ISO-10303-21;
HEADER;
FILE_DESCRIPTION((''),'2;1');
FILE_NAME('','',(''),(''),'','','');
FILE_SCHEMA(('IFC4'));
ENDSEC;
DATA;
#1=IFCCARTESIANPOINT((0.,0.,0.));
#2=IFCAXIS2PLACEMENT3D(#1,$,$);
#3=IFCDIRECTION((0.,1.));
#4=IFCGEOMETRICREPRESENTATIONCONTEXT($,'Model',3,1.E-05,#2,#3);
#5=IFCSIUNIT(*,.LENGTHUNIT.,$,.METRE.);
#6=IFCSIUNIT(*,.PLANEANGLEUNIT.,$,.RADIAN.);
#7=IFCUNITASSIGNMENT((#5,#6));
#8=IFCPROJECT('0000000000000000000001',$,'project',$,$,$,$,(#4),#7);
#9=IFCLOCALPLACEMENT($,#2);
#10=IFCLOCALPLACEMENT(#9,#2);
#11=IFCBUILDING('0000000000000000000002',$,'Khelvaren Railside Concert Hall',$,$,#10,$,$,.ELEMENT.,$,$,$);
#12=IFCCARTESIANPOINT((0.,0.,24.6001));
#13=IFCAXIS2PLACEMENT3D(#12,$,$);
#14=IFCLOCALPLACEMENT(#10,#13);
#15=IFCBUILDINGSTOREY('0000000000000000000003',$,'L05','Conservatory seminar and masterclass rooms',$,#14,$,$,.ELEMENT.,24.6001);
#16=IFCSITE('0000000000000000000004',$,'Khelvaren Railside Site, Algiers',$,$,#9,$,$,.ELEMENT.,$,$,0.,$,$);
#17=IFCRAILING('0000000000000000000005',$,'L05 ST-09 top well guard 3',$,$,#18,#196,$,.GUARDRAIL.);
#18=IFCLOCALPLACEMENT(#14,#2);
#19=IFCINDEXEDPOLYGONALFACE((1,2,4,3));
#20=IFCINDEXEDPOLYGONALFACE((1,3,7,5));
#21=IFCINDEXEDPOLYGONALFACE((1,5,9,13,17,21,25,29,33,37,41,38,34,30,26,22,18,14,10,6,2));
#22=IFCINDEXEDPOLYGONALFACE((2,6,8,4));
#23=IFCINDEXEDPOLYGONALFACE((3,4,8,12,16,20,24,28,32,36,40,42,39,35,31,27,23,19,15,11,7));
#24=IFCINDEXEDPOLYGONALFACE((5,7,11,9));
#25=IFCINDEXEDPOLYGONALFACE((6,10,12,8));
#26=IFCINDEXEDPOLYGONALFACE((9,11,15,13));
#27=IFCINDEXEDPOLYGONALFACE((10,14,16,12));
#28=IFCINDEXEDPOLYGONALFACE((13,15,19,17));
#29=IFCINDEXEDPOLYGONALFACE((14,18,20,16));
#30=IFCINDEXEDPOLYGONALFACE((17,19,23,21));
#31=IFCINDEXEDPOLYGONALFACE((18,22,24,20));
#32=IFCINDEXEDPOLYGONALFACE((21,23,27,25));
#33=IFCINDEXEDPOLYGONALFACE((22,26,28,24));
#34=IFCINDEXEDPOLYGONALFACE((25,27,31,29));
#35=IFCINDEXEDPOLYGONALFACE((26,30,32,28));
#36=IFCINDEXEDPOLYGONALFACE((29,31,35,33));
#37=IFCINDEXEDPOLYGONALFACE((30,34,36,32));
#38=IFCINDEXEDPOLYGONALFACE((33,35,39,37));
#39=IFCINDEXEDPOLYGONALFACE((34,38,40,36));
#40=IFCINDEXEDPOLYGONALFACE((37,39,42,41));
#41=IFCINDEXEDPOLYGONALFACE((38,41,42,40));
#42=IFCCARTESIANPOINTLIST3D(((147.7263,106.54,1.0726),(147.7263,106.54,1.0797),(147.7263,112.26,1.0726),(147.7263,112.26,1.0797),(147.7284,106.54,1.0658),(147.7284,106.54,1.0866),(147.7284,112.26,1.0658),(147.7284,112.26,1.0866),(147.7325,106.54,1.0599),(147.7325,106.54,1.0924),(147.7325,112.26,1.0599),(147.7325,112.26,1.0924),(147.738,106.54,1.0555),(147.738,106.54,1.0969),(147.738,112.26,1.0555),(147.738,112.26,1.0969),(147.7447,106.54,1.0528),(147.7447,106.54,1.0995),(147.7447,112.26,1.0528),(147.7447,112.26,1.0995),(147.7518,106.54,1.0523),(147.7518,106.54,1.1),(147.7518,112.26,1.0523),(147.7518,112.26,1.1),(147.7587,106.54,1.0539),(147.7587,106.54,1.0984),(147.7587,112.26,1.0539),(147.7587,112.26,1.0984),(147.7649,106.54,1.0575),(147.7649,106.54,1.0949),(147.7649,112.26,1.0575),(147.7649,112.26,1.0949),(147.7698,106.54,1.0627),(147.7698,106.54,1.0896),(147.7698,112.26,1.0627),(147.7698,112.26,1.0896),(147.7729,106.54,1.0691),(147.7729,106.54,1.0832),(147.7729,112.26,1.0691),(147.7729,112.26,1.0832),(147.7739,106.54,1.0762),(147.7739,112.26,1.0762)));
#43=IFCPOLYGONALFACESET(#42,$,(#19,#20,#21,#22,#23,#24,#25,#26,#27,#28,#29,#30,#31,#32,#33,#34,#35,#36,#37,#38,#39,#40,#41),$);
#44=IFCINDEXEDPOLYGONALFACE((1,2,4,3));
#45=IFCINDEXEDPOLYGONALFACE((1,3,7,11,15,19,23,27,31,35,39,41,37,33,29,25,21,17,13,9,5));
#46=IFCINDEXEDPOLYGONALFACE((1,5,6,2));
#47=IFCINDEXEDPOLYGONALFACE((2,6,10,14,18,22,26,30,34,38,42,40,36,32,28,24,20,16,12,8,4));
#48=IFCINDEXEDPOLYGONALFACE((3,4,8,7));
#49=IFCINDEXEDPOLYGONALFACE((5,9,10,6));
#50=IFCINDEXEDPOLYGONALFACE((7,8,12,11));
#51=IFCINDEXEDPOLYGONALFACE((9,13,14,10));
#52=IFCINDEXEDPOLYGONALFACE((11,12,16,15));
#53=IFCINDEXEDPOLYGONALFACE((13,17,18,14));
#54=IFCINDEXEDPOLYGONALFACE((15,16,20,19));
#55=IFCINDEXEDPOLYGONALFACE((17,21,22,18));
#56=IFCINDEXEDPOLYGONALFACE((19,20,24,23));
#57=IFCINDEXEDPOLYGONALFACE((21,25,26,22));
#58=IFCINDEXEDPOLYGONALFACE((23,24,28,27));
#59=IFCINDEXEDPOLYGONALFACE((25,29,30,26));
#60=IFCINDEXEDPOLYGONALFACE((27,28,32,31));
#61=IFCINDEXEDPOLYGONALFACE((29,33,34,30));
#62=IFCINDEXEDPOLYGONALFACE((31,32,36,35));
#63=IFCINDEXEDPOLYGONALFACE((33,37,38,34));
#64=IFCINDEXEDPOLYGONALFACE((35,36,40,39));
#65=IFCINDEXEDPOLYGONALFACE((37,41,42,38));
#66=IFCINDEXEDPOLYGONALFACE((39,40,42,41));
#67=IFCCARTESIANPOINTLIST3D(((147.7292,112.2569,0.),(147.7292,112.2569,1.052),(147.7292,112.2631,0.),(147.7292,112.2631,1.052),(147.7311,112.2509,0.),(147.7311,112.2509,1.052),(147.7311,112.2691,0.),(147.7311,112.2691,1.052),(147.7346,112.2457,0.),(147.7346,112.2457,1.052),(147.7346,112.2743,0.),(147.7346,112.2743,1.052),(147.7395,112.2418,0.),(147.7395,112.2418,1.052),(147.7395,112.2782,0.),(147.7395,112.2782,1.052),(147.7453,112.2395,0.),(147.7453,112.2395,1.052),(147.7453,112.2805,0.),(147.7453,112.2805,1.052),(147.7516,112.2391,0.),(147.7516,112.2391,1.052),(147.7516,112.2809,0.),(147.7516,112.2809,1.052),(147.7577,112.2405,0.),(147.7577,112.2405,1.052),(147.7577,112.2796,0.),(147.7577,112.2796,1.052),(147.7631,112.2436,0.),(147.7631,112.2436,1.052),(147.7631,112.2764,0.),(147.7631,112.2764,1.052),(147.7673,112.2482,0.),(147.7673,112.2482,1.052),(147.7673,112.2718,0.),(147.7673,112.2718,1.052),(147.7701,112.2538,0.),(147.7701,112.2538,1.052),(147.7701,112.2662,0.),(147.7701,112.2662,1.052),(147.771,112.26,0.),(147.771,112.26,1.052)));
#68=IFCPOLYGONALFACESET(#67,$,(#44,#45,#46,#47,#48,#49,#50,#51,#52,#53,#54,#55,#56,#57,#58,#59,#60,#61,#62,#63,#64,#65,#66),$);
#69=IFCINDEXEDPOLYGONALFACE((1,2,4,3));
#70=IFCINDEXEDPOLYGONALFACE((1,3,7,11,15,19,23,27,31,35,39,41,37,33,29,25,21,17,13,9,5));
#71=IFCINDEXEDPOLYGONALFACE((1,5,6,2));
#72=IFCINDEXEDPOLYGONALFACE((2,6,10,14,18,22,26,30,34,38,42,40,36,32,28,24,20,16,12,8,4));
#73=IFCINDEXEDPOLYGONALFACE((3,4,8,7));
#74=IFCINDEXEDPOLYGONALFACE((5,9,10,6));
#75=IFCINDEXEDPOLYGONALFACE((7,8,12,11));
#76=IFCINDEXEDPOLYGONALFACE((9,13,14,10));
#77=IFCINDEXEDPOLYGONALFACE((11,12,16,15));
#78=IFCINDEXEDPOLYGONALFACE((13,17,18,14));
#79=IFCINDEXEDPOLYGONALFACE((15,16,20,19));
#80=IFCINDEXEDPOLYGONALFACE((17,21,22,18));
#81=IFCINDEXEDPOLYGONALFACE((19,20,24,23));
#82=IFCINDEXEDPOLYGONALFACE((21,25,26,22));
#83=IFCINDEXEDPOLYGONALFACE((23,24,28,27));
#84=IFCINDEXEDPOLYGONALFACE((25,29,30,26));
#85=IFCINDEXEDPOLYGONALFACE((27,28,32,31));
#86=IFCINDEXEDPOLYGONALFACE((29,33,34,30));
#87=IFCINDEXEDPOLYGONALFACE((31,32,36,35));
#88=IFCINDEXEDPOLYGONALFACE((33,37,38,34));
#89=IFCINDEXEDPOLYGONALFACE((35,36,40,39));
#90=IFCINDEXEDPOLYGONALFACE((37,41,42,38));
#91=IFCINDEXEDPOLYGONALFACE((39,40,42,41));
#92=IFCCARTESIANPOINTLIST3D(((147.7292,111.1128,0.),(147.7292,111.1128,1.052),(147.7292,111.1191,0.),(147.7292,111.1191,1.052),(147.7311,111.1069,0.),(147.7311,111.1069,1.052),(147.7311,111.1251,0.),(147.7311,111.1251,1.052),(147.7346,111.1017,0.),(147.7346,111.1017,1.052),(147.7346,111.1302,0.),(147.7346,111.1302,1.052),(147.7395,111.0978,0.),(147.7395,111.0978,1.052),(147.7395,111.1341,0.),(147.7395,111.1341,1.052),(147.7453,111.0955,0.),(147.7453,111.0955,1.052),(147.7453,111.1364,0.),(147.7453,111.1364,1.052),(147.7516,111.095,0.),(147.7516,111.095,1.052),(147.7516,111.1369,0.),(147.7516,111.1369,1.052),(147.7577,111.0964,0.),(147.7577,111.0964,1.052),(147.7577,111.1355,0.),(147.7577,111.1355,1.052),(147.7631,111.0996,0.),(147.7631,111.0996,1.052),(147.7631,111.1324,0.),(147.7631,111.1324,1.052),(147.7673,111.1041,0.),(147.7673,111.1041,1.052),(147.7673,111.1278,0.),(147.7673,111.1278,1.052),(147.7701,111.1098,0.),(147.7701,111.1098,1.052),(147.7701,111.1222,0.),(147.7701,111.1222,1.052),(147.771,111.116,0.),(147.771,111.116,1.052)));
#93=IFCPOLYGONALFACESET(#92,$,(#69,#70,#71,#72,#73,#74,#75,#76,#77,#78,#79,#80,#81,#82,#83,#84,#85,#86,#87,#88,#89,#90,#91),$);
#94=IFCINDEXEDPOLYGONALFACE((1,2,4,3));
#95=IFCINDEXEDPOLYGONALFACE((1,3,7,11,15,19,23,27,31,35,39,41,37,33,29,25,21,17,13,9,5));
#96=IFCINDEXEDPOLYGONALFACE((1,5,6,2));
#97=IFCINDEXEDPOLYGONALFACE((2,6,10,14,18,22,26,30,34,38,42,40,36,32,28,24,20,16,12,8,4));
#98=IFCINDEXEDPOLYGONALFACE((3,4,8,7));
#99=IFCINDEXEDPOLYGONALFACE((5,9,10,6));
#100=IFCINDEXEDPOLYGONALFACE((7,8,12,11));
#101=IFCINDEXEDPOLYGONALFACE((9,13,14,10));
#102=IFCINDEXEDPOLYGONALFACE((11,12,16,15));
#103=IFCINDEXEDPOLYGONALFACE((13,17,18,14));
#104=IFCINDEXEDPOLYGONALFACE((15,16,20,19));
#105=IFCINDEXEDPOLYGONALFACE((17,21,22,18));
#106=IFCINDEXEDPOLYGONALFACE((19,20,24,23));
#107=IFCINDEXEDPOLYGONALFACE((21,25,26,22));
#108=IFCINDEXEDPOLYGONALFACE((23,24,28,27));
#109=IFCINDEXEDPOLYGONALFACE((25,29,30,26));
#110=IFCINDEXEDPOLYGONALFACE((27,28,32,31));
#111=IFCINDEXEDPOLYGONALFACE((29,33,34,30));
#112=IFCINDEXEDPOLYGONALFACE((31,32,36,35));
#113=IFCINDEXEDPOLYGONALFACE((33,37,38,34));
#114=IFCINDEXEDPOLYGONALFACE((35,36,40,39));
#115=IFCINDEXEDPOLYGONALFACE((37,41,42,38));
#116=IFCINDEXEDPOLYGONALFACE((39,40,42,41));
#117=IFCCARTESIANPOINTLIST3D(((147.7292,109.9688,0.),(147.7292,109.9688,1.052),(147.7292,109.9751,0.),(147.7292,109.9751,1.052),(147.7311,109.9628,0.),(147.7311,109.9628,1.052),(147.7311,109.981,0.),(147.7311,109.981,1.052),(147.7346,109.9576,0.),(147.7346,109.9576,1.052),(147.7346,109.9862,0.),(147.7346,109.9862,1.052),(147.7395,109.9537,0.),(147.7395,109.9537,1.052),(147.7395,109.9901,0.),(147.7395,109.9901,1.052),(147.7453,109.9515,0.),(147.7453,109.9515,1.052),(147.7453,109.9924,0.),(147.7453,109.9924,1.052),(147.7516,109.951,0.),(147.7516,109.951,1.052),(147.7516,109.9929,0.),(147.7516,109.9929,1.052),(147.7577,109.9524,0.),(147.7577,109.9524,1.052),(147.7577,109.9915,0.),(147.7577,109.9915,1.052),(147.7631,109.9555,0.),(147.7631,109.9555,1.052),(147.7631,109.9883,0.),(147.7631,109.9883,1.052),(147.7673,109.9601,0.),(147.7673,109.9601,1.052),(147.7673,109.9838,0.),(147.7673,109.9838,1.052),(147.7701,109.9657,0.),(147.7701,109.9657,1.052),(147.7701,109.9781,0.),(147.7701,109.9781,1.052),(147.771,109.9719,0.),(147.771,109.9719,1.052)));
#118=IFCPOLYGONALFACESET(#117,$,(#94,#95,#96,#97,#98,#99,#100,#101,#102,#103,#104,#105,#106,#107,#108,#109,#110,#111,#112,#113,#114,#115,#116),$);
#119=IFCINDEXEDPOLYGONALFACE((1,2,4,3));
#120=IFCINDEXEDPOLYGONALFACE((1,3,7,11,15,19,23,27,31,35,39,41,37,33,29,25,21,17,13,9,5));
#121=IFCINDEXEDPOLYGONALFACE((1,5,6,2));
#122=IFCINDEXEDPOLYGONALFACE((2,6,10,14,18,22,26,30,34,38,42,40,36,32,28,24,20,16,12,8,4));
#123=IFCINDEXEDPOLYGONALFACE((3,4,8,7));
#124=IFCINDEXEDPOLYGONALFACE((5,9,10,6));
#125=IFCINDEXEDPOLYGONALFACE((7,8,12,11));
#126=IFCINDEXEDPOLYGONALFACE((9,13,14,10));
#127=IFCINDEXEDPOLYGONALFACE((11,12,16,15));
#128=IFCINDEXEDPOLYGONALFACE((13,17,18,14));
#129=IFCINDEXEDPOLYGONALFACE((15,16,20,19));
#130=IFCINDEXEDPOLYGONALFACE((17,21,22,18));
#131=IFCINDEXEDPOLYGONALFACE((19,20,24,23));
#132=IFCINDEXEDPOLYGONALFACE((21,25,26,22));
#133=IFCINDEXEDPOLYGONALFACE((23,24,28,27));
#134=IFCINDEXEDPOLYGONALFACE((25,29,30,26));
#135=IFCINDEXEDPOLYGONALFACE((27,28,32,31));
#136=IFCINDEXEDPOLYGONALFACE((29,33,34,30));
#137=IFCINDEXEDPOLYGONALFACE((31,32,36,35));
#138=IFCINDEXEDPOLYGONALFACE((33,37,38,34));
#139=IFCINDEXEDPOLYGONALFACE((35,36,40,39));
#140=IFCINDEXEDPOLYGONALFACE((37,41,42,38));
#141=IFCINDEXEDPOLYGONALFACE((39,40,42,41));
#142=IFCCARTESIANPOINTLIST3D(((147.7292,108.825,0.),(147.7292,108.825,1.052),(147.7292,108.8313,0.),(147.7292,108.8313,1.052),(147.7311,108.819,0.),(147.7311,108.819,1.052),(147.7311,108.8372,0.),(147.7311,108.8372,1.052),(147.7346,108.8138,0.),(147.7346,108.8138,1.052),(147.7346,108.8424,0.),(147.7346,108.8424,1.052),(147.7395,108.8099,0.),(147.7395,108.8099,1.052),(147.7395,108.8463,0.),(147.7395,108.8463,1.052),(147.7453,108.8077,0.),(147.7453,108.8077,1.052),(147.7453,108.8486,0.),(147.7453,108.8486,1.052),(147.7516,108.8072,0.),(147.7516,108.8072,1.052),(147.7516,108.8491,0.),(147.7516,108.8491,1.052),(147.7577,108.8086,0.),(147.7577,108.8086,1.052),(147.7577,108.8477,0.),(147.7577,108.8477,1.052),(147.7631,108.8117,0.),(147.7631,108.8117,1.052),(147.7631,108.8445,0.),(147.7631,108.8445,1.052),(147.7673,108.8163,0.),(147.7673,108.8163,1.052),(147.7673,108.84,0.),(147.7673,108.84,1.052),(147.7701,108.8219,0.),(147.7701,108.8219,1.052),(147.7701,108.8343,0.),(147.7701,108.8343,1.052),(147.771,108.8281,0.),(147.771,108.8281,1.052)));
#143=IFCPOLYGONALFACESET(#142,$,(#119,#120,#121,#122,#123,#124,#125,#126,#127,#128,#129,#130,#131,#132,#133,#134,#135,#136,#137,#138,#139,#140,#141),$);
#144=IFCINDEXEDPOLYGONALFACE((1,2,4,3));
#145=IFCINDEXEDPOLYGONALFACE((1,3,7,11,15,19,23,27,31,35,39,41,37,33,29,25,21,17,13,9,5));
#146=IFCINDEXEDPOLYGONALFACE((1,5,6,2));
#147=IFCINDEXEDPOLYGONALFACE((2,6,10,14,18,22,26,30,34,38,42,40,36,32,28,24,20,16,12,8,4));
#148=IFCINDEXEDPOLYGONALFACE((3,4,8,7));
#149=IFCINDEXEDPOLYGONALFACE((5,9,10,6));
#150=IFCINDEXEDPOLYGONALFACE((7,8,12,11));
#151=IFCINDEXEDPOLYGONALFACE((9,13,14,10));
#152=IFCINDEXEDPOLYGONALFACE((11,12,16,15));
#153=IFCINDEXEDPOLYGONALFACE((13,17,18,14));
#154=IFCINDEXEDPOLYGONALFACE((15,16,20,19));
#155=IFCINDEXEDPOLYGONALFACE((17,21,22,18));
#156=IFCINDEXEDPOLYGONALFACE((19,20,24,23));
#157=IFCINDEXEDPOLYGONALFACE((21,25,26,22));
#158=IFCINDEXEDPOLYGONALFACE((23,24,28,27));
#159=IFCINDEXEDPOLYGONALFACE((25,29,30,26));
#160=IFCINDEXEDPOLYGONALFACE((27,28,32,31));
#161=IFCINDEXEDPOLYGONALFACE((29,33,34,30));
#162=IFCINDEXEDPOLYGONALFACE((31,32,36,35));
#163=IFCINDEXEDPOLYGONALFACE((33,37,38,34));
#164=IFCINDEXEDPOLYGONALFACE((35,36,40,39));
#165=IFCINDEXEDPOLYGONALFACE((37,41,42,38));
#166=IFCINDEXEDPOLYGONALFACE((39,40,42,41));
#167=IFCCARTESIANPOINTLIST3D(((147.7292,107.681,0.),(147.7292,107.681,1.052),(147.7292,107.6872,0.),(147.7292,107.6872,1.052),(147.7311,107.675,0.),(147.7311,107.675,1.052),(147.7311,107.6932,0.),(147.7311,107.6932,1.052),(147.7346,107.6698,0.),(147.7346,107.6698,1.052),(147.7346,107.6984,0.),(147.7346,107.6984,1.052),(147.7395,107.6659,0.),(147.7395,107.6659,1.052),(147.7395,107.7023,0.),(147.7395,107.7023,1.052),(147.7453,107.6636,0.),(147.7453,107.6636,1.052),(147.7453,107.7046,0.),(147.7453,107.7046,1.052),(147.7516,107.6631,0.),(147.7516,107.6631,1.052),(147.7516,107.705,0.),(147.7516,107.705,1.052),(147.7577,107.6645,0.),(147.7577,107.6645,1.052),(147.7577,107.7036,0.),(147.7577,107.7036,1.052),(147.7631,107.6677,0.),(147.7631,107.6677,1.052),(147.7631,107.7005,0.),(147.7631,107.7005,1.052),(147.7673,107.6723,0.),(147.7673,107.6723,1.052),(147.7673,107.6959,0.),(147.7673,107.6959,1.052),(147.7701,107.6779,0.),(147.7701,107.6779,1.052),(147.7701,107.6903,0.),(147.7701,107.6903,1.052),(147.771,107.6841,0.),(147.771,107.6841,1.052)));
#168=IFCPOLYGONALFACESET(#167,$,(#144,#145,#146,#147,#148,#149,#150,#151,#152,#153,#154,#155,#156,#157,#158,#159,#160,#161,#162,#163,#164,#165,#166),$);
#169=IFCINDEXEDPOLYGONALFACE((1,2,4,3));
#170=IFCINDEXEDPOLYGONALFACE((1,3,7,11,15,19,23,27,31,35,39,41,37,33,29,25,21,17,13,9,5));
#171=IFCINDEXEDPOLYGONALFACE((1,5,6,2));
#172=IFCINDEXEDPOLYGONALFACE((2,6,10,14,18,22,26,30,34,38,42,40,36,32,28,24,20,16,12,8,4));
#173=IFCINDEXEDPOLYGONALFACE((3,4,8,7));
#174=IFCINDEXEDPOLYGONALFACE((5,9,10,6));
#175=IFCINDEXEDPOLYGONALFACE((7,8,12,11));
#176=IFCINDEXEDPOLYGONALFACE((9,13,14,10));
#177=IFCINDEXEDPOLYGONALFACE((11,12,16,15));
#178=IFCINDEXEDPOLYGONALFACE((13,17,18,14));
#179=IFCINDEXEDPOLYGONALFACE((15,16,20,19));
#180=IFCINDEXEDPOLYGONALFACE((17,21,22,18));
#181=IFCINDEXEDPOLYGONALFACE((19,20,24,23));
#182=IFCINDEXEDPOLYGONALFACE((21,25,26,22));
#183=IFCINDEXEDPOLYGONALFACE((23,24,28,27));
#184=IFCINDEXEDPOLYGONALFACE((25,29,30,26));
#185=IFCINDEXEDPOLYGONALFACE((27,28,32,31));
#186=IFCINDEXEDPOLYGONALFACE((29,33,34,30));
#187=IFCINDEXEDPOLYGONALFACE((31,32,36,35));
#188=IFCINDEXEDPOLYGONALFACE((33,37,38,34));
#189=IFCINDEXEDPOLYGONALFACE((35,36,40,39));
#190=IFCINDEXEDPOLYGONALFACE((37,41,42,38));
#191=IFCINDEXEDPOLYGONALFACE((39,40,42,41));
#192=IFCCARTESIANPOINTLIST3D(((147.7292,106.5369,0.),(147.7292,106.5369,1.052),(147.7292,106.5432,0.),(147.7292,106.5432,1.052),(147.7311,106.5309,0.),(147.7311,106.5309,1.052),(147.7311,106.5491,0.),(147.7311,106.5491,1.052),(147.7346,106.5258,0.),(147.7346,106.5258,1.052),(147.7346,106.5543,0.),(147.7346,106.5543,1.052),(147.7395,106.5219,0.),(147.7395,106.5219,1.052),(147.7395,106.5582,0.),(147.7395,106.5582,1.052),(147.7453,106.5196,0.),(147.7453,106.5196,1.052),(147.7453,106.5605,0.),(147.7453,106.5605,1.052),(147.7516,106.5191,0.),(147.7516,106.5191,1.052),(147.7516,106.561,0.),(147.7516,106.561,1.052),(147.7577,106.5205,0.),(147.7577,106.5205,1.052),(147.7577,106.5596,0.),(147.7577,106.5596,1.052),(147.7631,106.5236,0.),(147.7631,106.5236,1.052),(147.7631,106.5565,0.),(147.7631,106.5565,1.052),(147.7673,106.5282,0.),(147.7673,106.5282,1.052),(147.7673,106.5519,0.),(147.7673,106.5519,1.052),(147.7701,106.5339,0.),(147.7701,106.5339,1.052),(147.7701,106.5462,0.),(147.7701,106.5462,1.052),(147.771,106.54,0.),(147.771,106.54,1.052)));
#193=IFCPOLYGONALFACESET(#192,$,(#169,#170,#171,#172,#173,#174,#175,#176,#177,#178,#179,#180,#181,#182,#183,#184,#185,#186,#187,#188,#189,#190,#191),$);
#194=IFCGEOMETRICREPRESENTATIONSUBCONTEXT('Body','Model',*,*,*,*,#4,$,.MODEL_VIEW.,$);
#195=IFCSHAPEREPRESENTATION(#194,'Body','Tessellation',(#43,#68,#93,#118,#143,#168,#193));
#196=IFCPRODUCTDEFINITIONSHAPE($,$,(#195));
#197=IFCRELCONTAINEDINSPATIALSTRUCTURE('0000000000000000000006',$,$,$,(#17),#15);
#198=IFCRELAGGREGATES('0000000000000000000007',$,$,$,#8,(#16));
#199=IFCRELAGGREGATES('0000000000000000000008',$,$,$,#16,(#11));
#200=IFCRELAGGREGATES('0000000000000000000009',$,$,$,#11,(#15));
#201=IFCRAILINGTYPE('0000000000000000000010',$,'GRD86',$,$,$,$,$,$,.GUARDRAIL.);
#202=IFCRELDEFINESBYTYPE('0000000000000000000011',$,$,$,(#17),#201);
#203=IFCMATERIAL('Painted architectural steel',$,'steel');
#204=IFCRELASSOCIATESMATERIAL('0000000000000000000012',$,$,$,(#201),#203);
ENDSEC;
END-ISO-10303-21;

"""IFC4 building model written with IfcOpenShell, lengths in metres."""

from ifc_helpers import new_model, si_unit, direction, frame, origin, origin_2d, place, context, subcontext, project, spatial, circle, extrude, material, type_object, element, save


model = new_model("IFC4")

# Units and contexts
model_context = context("Model", 3, precision=1e-05, world=origin(), true_north=direction((0.0, 1.0)))
body_context = subcontext(model_context, "Body", "Model", "MODEL_VIEW")
ifc_project = project(units=[si_unit("LENGTHUNIT", "METRE"), si_unit("PLANEANGLEUNIT", "RADIAN")], contexts=[model_context])

# Site, building, storey
site_placement = place(None, origin())
site = spatial("IfcSite", under=ifc_project, at=site_placement, Name="Khelvaren Railside Site, Algiers", CompositionType="ELEMENT", RefElevation=0.0)
building_placement = place(site_placement, origin())
building = spatial("IfcBuilding", under=site, at=building_placement, Name="Khelvaren Railside Concert Hall", CompositionType="ELEMENT")
storey_placement = place(building_placement, frame((0.0, 0.0, 24.6001)))
storey = spatial("IfcBuildingStorey", under=building, at=storey_placement, Name="L05", Description="Conservatory seminar and masterclass rooms", CompositionType="ELEMENT", Elevation=24.6001)

# Railing
ifc_material_1 = material(Name="Painted architectural steel", Category="steel")
railing_type = type_object("IfcRailingType", Name="GRD86", PredefinedType="GUARDRAIL", material=ifc_material_1)
railing_1_placement = place(storey_placement, frame((147.75, 112.26, 0.0)))
element("IfcRailing", 1, at=railing_1_placement, inside=storey, type_object=railing_type, Name="L05 ST-09 top well guard 3", PredefinedType="GUARDRAIL", context=body_context, shape_type="SweptSolid", body=[
    extrude(circle(Radius=0.0239, at=origin_2d()), frame((0.0, 0.0, 1.0762), z_axis=(0.0, -1.0, 0.0), x_axis=(1.0, 0.0, 0.0)), (0.0, 0.0, 1.0), 5.72),
    extrude(circle(Radius=0.021, at=origin_2d()), origin(), (0.0, 0.0, 1.0), 1.052),
    extrude(circle(Radius=0.021, at=origin_2d()), frame((0.0, -1.144, 0.0)), (0.0, 0.0, 1.0), 1.052),
    extrude(circle(Radius=0.021, at=origin_2d()), frame((0.0, -2.2881, 0.0)), (0.0, 0.0, 1.0), 1.052),
    extrude(circle(Radius=0.021, at=origin_2d()), frame((0.0, -3.4319, 0.0)), (0.0, 0.0, 1.0), 1.052),
    extrude(circle(Radius=0.021, at=origin_2d()), frame((0.0, -4.5759, 0.0)), (0.0, 0.0, 1.0), 1.052),
    extrude(circle(Radius=0.021, at=origin_2d()), frame((0.0, -5.72, 0.0)), (0.0, 0.0, 1.0), 1.052),
])

save(model, "model.ifc")
